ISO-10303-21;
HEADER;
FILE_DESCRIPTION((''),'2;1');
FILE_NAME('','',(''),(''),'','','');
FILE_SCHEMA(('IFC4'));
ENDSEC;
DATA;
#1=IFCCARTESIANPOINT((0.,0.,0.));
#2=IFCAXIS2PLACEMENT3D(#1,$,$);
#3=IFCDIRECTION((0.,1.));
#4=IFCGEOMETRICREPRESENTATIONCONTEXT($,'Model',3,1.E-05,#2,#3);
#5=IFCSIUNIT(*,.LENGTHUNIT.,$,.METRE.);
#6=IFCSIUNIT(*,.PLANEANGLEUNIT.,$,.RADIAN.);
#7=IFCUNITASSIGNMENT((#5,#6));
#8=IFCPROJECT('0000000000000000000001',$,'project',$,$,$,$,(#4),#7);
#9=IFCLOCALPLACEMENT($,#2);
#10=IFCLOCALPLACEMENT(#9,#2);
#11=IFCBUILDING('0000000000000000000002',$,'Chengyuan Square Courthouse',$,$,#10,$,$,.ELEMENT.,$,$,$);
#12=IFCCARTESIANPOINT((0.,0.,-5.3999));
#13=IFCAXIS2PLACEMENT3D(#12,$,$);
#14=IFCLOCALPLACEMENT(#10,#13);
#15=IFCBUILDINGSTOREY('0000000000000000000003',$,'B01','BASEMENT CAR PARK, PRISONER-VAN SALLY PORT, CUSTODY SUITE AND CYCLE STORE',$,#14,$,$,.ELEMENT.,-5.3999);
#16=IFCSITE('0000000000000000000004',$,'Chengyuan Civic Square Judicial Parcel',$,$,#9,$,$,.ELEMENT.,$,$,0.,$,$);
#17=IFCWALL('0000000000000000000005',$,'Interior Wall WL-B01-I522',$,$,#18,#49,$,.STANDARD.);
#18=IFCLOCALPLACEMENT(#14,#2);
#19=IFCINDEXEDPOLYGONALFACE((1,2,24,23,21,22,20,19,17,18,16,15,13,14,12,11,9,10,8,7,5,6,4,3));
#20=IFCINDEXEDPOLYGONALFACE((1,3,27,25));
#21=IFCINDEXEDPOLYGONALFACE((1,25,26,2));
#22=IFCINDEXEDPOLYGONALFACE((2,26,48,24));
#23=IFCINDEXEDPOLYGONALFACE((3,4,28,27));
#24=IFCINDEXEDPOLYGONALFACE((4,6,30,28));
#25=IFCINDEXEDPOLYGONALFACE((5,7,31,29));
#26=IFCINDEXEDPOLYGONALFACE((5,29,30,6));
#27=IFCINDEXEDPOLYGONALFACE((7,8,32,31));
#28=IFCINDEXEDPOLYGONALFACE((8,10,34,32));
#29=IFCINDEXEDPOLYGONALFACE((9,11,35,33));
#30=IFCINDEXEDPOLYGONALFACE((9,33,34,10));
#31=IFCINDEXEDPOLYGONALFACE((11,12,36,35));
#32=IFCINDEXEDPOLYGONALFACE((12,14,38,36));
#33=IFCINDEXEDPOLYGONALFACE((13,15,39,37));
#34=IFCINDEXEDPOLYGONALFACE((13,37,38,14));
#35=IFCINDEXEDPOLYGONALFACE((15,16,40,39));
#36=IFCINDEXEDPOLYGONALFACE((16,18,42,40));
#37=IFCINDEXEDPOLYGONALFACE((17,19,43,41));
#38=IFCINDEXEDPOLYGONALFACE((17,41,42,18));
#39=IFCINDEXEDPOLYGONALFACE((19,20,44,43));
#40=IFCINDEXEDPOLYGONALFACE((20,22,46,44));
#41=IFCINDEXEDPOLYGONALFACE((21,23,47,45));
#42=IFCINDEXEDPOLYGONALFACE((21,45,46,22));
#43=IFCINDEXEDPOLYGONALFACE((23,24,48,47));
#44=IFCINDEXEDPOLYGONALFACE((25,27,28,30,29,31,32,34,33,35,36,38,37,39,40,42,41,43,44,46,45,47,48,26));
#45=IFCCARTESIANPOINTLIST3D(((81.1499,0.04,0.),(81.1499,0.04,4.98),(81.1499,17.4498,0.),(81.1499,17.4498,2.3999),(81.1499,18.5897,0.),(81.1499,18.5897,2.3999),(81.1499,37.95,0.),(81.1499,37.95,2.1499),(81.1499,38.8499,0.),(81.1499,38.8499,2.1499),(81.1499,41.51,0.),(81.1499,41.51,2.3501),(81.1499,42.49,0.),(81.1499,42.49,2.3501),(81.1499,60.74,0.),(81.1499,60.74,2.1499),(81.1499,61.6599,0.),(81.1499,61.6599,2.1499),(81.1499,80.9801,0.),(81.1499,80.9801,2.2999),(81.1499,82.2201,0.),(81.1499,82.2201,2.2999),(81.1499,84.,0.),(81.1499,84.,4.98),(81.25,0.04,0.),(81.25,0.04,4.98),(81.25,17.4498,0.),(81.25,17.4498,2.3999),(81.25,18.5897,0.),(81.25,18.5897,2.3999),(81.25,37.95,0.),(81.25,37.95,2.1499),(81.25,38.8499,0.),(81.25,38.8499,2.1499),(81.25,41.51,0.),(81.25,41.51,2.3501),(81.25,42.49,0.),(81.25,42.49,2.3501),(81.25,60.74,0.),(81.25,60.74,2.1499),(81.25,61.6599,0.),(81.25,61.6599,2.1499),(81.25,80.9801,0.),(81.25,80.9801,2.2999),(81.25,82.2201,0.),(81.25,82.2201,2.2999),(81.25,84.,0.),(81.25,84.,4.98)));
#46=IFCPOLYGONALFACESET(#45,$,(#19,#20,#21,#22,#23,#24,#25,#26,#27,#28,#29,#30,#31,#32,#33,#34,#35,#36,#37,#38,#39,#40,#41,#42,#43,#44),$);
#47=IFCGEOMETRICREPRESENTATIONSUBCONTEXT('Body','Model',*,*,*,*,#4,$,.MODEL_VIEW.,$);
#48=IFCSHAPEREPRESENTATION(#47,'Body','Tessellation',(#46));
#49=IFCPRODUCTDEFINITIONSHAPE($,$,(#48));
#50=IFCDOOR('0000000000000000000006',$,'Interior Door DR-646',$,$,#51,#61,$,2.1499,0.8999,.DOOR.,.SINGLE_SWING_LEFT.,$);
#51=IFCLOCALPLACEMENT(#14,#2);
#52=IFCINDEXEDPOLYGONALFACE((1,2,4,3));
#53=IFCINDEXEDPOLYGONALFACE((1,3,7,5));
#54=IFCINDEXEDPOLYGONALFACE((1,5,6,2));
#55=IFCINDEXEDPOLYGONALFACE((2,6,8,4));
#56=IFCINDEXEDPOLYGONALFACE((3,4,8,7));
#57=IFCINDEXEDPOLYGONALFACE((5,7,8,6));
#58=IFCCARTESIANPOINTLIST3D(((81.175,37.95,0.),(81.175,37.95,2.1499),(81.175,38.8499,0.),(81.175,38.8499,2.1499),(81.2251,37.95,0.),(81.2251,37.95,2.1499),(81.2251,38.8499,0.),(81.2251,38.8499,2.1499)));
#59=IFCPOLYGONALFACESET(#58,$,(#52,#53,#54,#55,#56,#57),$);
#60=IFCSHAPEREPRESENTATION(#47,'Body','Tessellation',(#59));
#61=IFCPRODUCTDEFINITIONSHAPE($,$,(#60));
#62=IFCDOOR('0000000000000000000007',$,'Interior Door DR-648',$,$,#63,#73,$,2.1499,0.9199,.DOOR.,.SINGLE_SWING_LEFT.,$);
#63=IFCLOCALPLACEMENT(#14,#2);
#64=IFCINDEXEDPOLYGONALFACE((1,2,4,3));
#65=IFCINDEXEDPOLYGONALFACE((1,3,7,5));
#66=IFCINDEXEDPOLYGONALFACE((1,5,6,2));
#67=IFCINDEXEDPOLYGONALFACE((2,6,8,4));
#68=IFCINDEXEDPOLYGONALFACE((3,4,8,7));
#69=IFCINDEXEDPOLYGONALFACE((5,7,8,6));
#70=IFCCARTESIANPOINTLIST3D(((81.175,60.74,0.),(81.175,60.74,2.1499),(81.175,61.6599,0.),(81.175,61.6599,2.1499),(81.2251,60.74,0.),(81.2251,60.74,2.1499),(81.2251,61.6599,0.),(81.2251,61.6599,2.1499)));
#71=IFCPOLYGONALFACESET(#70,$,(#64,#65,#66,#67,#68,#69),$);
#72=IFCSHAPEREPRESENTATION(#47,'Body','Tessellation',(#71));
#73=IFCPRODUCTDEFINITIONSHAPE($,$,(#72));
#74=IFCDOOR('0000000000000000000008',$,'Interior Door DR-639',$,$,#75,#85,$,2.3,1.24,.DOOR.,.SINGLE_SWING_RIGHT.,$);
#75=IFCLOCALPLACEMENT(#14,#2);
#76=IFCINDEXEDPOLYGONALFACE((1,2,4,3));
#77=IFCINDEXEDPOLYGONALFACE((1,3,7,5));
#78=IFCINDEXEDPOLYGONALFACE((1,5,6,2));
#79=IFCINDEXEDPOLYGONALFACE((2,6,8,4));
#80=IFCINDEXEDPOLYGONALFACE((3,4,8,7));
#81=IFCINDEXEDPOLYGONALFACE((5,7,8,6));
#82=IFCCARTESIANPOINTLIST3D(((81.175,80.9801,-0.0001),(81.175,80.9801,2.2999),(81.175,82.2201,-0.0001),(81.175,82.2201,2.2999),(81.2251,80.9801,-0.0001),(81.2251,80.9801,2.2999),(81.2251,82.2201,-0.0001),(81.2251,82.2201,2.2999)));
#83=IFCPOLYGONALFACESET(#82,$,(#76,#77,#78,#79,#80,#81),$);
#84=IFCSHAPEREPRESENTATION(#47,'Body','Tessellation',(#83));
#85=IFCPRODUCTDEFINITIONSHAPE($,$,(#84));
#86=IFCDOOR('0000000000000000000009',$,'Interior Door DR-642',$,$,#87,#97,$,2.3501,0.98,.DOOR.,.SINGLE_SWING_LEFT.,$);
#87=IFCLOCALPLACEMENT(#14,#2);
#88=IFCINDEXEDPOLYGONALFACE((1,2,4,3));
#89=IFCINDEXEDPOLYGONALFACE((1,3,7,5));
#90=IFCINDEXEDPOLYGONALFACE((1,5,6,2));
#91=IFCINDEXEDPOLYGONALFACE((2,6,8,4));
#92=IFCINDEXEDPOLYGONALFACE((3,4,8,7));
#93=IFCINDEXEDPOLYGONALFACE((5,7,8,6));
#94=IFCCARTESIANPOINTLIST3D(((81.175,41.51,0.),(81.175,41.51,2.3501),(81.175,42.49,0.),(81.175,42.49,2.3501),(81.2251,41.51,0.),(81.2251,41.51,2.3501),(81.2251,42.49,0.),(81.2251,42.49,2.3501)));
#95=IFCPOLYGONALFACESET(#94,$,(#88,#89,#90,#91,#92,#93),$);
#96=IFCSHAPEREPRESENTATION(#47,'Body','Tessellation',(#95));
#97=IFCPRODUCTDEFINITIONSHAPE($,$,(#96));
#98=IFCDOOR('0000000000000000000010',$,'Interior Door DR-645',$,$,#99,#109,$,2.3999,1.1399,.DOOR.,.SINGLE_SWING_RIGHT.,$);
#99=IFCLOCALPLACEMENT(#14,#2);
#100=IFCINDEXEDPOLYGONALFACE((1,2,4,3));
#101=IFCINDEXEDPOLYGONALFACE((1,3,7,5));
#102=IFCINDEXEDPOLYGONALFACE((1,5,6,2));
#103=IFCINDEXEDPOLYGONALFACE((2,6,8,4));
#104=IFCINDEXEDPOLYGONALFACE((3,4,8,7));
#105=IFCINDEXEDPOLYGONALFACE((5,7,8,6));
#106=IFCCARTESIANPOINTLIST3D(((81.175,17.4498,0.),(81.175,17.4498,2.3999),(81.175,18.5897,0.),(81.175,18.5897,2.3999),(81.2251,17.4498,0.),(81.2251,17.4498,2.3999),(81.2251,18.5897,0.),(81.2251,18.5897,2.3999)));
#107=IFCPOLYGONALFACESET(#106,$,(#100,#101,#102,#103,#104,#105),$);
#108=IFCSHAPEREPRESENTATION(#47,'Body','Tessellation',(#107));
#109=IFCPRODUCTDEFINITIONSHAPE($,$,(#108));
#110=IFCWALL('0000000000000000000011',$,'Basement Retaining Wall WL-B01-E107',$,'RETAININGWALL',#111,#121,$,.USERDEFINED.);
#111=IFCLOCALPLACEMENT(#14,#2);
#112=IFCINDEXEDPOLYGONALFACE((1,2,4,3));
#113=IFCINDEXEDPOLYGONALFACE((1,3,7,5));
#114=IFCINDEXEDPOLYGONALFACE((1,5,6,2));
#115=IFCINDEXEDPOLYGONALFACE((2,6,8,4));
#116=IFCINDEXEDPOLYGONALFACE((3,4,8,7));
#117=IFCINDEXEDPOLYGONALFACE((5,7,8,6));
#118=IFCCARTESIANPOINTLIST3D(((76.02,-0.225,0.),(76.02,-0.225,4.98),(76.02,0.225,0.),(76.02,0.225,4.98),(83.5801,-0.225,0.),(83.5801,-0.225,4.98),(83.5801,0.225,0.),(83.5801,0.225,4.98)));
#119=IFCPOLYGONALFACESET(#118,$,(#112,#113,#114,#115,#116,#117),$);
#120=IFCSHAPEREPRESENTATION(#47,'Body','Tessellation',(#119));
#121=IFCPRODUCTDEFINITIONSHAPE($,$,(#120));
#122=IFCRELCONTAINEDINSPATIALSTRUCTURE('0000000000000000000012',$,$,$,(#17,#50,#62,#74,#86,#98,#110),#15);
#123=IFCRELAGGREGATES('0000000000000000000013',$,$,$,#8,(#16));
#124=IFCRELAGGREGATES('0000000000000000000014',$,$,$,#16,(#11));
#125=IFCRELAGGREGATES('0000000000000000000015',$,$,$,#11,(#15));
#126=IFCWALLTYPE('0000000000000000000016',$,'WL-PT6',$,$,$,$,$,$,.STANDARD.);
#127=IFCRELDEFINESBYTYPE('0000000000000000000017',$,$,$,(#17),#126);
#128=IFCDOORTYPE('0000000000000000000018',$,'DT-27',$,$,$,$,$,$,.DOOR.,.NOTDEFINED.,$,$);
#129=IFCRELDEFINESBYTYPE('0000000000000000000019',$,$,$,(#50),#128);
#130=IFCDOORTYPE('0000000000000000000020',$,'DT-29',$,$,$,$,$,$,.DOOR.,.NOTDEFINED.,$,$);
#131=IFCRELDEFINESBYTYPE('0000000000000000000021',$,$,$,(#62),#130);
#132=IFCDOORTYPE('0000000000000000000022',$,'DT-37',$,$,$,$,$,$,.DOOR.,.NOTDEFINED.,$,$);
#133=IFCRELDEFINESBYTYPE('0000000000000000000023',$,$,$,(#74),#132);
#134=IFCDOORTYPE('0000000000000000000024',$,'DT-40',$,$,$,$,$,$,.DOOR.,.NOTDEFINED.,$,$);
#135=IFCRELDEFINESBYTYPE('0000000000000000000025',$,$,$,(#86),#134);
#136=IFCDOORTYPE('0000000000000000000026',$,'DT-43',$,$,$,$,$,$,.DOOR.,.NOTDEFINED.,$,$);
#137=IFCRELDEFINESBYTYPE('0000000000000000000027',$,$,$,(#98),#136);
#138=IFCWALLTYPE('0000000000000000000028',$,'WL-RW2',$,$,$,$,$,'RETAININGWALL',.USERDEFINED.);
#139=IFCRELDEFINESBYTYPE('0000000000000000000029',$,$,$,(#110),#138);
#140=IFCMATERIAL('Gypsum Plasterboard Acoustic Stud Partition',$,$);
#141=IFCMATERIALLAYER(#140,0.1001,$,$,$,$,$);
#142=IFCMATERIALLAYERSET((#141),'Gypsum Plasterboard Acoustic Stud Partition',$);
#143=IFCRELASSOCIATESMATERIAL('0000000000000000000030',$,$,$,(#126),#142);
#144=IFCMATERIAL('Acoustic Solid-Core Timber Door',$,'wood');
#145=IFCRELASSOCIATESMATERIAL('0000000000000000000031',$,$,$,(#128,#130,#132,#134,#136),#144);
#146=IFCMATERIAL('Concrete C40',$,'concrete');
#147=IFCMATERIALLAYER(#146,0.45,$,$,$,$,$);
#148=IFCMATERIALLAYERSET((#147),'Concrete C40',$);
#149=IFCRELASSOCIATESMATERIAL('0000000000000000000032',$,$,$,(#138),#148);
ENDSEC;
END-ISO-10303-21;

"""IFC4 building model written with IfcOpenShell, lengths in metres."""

from ifc_helpers import new_model, si_unit, direction, frame, frame_2d, origin, place, context, subcontext, project, spatial, rectangle, extrude, material, layer, layer_set, type_object, element, fill, save


model = new_model("IFC4")

# Units and contexts
model_context = context("Model", 3, precision=1e-05, world=origin(), true_north=direction((0.0, 1.0)))
body_context = subcontext(model_context, "Body", "Model", "MODEL_VIEW")
ifc_project = project(units=[si_unit("LENGTHUNIT", "METRE"), si_unit("PLANEANGLEUNIT", "RADIAN")], contexts=[model_context])

# Site, building, storey
site_placement = place(None, origin())
site = spatial("IfcSite", under=ifc_project, at=site_placement, Name="Chengyuan Civic Square Judicial Parcel", CompositionType="ELEMENT", RefElevation=0.0)
building_placement = place(site_placement, origin())
building = spatial("IfcBuilding", under=site, at=building_placement, Name="Chengyuan Square Courthouse", CompositionType="ELEMENT")
storey_placement = place(building_placement, frame((0.0, 0.0, -5.3999)))
storey = spatial("IfcBuildingStorey", under=building, at=storey_placement, Name="B01", Description="BASEMENT CAR PARK, PRISONER-VAN SALLY PORT, CUSTODY SUITE AND CYCLE STORE", CompositionType="ELEMENT", Elevation=-5.3999)

# Shared definitions
ifc_material_1 = material(Name="Concrete C40", Category="concrete")

# Wall, openings, doors
ifc_material_2 = material(Name="Gypsum Plasterboard Acoustic Stud Partition")
ifc_layer_1 = layer(ifc_material_2, 0.1001)
ifc_layer_set_1 = layer_set([ifc_layer_1], Name="Gypsum Plasterboard Acoustic Stud Partition")
wall_type_1 = type_object("IfcWallType", Name="WL-PT6", PredefinedType="STANDARD", material=ifc_layer_set_1)
ifc_material_3 = material(Name="Acoustic Solid-Core Timber Door", Category="wood")
wall_1_placement = place(storey_placement, frame((81.2, 0.04, 0.0), z_axis=(0.0, 0.0, 1.0), x_axis=(0.0, 1.0, 0.0)))
wall_1 = element("IfcWall", 1, at=wall_1_placement, inside=storey, type_object=wall_type_1, Name="Interior Wall WL-B01-I522", PredefinedType="STANDARD", context=body_context, shape_type="SweptSolid", body=[
    extrude(rectangle(XDim=83.96, YDim=0.1001, at=frame_2d((41.98, 0.0))), origin(), (0.0, 0.0, 1.0), 4.98),
])
opening_1_placement = place(wall_1_placement, frame((80.9399, 0.0, 0.0)))
opening_1 = element("IfcOpeningElement", 2, at=opening_1_placement, cuts=wall_1, PredefinedType="OPENING", context=body_context, shape_type="SweptSolid", body=[
    extrude(rectangle(XDim=1.24, YDim=2.3, at=frame_2d((0.6201, 1.1499))), frame((0.0, 0.062, 0.0), z_axis=(0.0, -1.0, 0.0), x_axis=(1.0, 0.0, 0.0)), (0.0, 0.0, 1.0), 0.124),
])
opening_2_placement = place(wall_1_placement, frame((41.47, 0.0, 0.0)))
opening_2 = element("IfcOpeningElement", 3, at=opening_2_placement, cuts=wall_1, PredefinedType="OPENING", context=body_context, shape_type="SweptSolid", body=[
    extrude(rectangle(XDim=0.98, YDim=2.3501, at=frame_2d((0.49, 1.175))), frame((0.0, 0.062, 0.0), z_axis=(0.0, -1.0, 0.0), x_axis=(1.0, 0.0, 0.0)), (0.0, 0.0, 1.0), 0.124),
])
opening_3_placement = place(wall_1_placement, frame((17.4099, 0.0, 0.0)))
opening_3 = element("IfcOpeningElement", 4, at=opening_3_placement, cuts=wall_1, PredefinedType="OPENING", context=body_context, shape_type="SweptSolid", body=[
    extrude(rectangle(XDim=1.1399, YDim=2.3999, at=frame_2d((0.5698, 1.2))), frame((0.0, 0.062, 0.0), z_axis=(0.0, -1.0, 0.0), x_axis=(1.0, 0.0, 0.0)), (0.0, 0.0, 1.0), 0.124),
])
opening_4_placement = place(wall_1_placement, frame((37.9099, 0.0, 0.0)))
opening_4 = element("IfcOpeningElement", 5, at=opening_4_placement, cuts=wall_1, PredefinedType="OPENING", context=body_context, shape_type="SweptSolid", body=[
    extrude(rectangle(XDim=0.8999, YDim=2.1499, at=frame_2d((0.45, 1.075))), frame((0.0, 0.062, 0.0), z_axis=(0.0, -1.0, 0.0), x_axis=(1.0, 0.0, 0.0)), (0.0, 0.0, 1.0), 0.124),
])
opening_5_placement = place(wall_1_placement, frame((60.7, 0.0, 0.0)))
opening_5 = element("IfcOpeningElement", 6, at=opening_5_placement, cuts=wall_1, PredefinedType="OPENING", context=body_context, shape_type="SweptSolid", body=[
    extrude(rectangle(XDim=0.9199, YDim=2.1499, at=frame_2d((0.46, 1.075))), frame((0.0, 0.062, 0.0), z_axis=(0.0, -1.0, 0.0), x_axis=(1.0, 0.0, 0.0)), (0.0, 0.0, 1.0), 0.124),
])
door_type_1 = type_object("IfcDoorType", Name="DT-27", OperationType="NOTDEFINED", PredefinedType="DOOR", material=ifc_material_3)
door_1_placement = place(opening_4_placement, origin())
door_1 = element("IfcDoor", 7, at=door_1_placement, inside=storey, type_object=door_type_1, Name="Interior Door DR-646", OperationType="SINGLE_SWING_LEFT", OverallHeight=2.1499, OverallWidth=0.8999, PredefinedType="DOOR", context=body_context, shape_type="SweptSolid", body=[
    extrude(rectangle(XDim=0.8999, YDim=2.1499, at=frame_2d((0.45, 1.075))), frame((0.0, 0.0249, 0.0), z_axis=(0.0, -1.0, 0.0), x_axis=(1.0, 0.0, 0.0)), (0.0, 0.0, 1.0), 0.05),
])
fill(opening_4, door_1)
door_type_2 = type_object("IfcDoorType", Name="DT-29", OperationType="NOTDEFINED", PredefinedType="DOOR", material=ifc_material_3)
door_2_placement = place(opening_5_placement, origin())
door_2 = element("IfcDoor", 8, at=door_2_placement, inside=storey, type_object=door_type_2, Name="Interior Door DR-648", OperationType="SINGLE_SWING_LEFT", OverallHeight=2.1499, OverallWidth=0.9199, PredefinedType="DOOR", context=body_context, shape_type="SweptSolid", body=[
    extrude(rectangle(XDim=0.9199, YDim=2.1499, at=frame_2d((0.46, 1.075))), frame((0.0, 0.0249, 0.0), z_axis=(0.0, -1.0, 0.0), x_axis=(1.0, 0.0, 0.0)), (0.0, 0.0, 1.0), 0.05),
])
fill(opening_5, door_2)
door_type_3 = type_object("IfcDoorType", Name="DT-37", OperationType="NOTDEFINED", PredefinedType="DOOR", material=ifc_material_3)
door_3_placement = place(opening_1_placement, origin())
door_3 = element("IfcDoor", 9, at=door_3_placement, inside=storey, type_object=door_type_3, Name="Interior Door DR-639", OperationType="SINGLE_SWING_RIGHT", OverallHeight=2.3, OverallWidth=1.24, PredefinedType="DOOR", context=body_context, shape_type="SweptSolid", body=[
    extrude(rectangle(XDim=1.24, YDim=2.3, at=frame_2d((0.6201, 1.1499))), frame((0.0, 0.0249, 0.0), z_axis=(0.0, -1.0, 0.0), x_axis=(1.0, 0.0, 0.0)), (0.0, 0.0, 1.0), 0.05),
])
fill(opening_1, door_3)
door_type_4 = type_object("IfcDoorType", Name="DT-40", OperationType="NOTDEFINED", PredefinedType="DOOR", material=ifc_material_3)
door_4_placement = place(opening_2_placement, origin())
door_4 = element("IfcDoor", 10, at=door_4_placement, inside=storey, type_object=door_type_4, Name="Interior Door DR-642", OperationType="SINGLE_SWING_LEFT", OverallHeight=2.3501, OverallWidth=0.98, PredefinedType="DOOR", context=body_context, shape_type="SweptSolid", body=[
    extrude(rectangle(XDim=0.98, YDim=2.3501, at=frame_2d((0.49, 1.175))), frame((0.0, 0.0249, 0.0), z_axis=(0.0, -1.0, 0.0), x_axis=(1.0, 0.0, 0.0)), (0.0, 0.0, 1.0), 0.05),
])
fill(opening_2, door_4)
door_type_5 = type_object("IfcDoorType", Name="DT-43", OperationType="NOTDEFINED", PredefinedType="DOOR", material=ifc_material_3)
door_5_placement = place(opening_3_placement, origin())
door_5 = element("IfcDoor", 11, at=door_5_placement, inside=storey, type_object=door_type_5, Name="Interior Door DR-645", OperationType="SINGLE_SWING_RIGHT", OverallHeight=2.3999, OverallWidth=1.1399, PredefinedType="DOOR", context=body_context, shape_type="SweptSolid", body=[
    extrude(rectangle(XDim=1.1399, YDim=2.3999, at=frame_2d((0.5698, 1.2))), frame((0.0, 0.0249, 0.0), z_axis=(0.0, -1.0, 0.0), x_axis=(1.0, 0.0, 0.0)), (0.0, 0.0, 1.0), 0.05),
])
fill(opening_3, door_5)

# Wall
ifc_layer_2 = layer(ifc_material_1, 0.45)
ifc_layer_set_2 = layer_set([ifc_layer_2], Name="Concrete C40")
wall_type_2 = type_object("IfcWallType", Name="WL-RW2", ElementType="RETAININGWALL", PredefinedType="USERDEFINED", material=ifc_layer_set_2)
wall_2_placement = place(storey_placement, frame((76.02, 0.0, 0.0), z_axis=(0.0, 0.0, 1.0), x_axis=(1.0, 0.0, 0.0)))
element("IfcWall", 12, at=wall_2_placement, inside=storey, type_object=wall_type_2, Name="Basement Retaining Wall WL-B01-E107", ObjectType="RETAININGWALL", PredefinedType="USERDEFINED", context=body_context, shape_type="SweptSolid", body=[
    extrude(rectangle(XDim=7.5601, YDim=0.45, at=frame_2d((3.78, 0.0))), origin(), (0.0, 0.0, 1.0), 4.98),
])

save(model, "model.ifc")
